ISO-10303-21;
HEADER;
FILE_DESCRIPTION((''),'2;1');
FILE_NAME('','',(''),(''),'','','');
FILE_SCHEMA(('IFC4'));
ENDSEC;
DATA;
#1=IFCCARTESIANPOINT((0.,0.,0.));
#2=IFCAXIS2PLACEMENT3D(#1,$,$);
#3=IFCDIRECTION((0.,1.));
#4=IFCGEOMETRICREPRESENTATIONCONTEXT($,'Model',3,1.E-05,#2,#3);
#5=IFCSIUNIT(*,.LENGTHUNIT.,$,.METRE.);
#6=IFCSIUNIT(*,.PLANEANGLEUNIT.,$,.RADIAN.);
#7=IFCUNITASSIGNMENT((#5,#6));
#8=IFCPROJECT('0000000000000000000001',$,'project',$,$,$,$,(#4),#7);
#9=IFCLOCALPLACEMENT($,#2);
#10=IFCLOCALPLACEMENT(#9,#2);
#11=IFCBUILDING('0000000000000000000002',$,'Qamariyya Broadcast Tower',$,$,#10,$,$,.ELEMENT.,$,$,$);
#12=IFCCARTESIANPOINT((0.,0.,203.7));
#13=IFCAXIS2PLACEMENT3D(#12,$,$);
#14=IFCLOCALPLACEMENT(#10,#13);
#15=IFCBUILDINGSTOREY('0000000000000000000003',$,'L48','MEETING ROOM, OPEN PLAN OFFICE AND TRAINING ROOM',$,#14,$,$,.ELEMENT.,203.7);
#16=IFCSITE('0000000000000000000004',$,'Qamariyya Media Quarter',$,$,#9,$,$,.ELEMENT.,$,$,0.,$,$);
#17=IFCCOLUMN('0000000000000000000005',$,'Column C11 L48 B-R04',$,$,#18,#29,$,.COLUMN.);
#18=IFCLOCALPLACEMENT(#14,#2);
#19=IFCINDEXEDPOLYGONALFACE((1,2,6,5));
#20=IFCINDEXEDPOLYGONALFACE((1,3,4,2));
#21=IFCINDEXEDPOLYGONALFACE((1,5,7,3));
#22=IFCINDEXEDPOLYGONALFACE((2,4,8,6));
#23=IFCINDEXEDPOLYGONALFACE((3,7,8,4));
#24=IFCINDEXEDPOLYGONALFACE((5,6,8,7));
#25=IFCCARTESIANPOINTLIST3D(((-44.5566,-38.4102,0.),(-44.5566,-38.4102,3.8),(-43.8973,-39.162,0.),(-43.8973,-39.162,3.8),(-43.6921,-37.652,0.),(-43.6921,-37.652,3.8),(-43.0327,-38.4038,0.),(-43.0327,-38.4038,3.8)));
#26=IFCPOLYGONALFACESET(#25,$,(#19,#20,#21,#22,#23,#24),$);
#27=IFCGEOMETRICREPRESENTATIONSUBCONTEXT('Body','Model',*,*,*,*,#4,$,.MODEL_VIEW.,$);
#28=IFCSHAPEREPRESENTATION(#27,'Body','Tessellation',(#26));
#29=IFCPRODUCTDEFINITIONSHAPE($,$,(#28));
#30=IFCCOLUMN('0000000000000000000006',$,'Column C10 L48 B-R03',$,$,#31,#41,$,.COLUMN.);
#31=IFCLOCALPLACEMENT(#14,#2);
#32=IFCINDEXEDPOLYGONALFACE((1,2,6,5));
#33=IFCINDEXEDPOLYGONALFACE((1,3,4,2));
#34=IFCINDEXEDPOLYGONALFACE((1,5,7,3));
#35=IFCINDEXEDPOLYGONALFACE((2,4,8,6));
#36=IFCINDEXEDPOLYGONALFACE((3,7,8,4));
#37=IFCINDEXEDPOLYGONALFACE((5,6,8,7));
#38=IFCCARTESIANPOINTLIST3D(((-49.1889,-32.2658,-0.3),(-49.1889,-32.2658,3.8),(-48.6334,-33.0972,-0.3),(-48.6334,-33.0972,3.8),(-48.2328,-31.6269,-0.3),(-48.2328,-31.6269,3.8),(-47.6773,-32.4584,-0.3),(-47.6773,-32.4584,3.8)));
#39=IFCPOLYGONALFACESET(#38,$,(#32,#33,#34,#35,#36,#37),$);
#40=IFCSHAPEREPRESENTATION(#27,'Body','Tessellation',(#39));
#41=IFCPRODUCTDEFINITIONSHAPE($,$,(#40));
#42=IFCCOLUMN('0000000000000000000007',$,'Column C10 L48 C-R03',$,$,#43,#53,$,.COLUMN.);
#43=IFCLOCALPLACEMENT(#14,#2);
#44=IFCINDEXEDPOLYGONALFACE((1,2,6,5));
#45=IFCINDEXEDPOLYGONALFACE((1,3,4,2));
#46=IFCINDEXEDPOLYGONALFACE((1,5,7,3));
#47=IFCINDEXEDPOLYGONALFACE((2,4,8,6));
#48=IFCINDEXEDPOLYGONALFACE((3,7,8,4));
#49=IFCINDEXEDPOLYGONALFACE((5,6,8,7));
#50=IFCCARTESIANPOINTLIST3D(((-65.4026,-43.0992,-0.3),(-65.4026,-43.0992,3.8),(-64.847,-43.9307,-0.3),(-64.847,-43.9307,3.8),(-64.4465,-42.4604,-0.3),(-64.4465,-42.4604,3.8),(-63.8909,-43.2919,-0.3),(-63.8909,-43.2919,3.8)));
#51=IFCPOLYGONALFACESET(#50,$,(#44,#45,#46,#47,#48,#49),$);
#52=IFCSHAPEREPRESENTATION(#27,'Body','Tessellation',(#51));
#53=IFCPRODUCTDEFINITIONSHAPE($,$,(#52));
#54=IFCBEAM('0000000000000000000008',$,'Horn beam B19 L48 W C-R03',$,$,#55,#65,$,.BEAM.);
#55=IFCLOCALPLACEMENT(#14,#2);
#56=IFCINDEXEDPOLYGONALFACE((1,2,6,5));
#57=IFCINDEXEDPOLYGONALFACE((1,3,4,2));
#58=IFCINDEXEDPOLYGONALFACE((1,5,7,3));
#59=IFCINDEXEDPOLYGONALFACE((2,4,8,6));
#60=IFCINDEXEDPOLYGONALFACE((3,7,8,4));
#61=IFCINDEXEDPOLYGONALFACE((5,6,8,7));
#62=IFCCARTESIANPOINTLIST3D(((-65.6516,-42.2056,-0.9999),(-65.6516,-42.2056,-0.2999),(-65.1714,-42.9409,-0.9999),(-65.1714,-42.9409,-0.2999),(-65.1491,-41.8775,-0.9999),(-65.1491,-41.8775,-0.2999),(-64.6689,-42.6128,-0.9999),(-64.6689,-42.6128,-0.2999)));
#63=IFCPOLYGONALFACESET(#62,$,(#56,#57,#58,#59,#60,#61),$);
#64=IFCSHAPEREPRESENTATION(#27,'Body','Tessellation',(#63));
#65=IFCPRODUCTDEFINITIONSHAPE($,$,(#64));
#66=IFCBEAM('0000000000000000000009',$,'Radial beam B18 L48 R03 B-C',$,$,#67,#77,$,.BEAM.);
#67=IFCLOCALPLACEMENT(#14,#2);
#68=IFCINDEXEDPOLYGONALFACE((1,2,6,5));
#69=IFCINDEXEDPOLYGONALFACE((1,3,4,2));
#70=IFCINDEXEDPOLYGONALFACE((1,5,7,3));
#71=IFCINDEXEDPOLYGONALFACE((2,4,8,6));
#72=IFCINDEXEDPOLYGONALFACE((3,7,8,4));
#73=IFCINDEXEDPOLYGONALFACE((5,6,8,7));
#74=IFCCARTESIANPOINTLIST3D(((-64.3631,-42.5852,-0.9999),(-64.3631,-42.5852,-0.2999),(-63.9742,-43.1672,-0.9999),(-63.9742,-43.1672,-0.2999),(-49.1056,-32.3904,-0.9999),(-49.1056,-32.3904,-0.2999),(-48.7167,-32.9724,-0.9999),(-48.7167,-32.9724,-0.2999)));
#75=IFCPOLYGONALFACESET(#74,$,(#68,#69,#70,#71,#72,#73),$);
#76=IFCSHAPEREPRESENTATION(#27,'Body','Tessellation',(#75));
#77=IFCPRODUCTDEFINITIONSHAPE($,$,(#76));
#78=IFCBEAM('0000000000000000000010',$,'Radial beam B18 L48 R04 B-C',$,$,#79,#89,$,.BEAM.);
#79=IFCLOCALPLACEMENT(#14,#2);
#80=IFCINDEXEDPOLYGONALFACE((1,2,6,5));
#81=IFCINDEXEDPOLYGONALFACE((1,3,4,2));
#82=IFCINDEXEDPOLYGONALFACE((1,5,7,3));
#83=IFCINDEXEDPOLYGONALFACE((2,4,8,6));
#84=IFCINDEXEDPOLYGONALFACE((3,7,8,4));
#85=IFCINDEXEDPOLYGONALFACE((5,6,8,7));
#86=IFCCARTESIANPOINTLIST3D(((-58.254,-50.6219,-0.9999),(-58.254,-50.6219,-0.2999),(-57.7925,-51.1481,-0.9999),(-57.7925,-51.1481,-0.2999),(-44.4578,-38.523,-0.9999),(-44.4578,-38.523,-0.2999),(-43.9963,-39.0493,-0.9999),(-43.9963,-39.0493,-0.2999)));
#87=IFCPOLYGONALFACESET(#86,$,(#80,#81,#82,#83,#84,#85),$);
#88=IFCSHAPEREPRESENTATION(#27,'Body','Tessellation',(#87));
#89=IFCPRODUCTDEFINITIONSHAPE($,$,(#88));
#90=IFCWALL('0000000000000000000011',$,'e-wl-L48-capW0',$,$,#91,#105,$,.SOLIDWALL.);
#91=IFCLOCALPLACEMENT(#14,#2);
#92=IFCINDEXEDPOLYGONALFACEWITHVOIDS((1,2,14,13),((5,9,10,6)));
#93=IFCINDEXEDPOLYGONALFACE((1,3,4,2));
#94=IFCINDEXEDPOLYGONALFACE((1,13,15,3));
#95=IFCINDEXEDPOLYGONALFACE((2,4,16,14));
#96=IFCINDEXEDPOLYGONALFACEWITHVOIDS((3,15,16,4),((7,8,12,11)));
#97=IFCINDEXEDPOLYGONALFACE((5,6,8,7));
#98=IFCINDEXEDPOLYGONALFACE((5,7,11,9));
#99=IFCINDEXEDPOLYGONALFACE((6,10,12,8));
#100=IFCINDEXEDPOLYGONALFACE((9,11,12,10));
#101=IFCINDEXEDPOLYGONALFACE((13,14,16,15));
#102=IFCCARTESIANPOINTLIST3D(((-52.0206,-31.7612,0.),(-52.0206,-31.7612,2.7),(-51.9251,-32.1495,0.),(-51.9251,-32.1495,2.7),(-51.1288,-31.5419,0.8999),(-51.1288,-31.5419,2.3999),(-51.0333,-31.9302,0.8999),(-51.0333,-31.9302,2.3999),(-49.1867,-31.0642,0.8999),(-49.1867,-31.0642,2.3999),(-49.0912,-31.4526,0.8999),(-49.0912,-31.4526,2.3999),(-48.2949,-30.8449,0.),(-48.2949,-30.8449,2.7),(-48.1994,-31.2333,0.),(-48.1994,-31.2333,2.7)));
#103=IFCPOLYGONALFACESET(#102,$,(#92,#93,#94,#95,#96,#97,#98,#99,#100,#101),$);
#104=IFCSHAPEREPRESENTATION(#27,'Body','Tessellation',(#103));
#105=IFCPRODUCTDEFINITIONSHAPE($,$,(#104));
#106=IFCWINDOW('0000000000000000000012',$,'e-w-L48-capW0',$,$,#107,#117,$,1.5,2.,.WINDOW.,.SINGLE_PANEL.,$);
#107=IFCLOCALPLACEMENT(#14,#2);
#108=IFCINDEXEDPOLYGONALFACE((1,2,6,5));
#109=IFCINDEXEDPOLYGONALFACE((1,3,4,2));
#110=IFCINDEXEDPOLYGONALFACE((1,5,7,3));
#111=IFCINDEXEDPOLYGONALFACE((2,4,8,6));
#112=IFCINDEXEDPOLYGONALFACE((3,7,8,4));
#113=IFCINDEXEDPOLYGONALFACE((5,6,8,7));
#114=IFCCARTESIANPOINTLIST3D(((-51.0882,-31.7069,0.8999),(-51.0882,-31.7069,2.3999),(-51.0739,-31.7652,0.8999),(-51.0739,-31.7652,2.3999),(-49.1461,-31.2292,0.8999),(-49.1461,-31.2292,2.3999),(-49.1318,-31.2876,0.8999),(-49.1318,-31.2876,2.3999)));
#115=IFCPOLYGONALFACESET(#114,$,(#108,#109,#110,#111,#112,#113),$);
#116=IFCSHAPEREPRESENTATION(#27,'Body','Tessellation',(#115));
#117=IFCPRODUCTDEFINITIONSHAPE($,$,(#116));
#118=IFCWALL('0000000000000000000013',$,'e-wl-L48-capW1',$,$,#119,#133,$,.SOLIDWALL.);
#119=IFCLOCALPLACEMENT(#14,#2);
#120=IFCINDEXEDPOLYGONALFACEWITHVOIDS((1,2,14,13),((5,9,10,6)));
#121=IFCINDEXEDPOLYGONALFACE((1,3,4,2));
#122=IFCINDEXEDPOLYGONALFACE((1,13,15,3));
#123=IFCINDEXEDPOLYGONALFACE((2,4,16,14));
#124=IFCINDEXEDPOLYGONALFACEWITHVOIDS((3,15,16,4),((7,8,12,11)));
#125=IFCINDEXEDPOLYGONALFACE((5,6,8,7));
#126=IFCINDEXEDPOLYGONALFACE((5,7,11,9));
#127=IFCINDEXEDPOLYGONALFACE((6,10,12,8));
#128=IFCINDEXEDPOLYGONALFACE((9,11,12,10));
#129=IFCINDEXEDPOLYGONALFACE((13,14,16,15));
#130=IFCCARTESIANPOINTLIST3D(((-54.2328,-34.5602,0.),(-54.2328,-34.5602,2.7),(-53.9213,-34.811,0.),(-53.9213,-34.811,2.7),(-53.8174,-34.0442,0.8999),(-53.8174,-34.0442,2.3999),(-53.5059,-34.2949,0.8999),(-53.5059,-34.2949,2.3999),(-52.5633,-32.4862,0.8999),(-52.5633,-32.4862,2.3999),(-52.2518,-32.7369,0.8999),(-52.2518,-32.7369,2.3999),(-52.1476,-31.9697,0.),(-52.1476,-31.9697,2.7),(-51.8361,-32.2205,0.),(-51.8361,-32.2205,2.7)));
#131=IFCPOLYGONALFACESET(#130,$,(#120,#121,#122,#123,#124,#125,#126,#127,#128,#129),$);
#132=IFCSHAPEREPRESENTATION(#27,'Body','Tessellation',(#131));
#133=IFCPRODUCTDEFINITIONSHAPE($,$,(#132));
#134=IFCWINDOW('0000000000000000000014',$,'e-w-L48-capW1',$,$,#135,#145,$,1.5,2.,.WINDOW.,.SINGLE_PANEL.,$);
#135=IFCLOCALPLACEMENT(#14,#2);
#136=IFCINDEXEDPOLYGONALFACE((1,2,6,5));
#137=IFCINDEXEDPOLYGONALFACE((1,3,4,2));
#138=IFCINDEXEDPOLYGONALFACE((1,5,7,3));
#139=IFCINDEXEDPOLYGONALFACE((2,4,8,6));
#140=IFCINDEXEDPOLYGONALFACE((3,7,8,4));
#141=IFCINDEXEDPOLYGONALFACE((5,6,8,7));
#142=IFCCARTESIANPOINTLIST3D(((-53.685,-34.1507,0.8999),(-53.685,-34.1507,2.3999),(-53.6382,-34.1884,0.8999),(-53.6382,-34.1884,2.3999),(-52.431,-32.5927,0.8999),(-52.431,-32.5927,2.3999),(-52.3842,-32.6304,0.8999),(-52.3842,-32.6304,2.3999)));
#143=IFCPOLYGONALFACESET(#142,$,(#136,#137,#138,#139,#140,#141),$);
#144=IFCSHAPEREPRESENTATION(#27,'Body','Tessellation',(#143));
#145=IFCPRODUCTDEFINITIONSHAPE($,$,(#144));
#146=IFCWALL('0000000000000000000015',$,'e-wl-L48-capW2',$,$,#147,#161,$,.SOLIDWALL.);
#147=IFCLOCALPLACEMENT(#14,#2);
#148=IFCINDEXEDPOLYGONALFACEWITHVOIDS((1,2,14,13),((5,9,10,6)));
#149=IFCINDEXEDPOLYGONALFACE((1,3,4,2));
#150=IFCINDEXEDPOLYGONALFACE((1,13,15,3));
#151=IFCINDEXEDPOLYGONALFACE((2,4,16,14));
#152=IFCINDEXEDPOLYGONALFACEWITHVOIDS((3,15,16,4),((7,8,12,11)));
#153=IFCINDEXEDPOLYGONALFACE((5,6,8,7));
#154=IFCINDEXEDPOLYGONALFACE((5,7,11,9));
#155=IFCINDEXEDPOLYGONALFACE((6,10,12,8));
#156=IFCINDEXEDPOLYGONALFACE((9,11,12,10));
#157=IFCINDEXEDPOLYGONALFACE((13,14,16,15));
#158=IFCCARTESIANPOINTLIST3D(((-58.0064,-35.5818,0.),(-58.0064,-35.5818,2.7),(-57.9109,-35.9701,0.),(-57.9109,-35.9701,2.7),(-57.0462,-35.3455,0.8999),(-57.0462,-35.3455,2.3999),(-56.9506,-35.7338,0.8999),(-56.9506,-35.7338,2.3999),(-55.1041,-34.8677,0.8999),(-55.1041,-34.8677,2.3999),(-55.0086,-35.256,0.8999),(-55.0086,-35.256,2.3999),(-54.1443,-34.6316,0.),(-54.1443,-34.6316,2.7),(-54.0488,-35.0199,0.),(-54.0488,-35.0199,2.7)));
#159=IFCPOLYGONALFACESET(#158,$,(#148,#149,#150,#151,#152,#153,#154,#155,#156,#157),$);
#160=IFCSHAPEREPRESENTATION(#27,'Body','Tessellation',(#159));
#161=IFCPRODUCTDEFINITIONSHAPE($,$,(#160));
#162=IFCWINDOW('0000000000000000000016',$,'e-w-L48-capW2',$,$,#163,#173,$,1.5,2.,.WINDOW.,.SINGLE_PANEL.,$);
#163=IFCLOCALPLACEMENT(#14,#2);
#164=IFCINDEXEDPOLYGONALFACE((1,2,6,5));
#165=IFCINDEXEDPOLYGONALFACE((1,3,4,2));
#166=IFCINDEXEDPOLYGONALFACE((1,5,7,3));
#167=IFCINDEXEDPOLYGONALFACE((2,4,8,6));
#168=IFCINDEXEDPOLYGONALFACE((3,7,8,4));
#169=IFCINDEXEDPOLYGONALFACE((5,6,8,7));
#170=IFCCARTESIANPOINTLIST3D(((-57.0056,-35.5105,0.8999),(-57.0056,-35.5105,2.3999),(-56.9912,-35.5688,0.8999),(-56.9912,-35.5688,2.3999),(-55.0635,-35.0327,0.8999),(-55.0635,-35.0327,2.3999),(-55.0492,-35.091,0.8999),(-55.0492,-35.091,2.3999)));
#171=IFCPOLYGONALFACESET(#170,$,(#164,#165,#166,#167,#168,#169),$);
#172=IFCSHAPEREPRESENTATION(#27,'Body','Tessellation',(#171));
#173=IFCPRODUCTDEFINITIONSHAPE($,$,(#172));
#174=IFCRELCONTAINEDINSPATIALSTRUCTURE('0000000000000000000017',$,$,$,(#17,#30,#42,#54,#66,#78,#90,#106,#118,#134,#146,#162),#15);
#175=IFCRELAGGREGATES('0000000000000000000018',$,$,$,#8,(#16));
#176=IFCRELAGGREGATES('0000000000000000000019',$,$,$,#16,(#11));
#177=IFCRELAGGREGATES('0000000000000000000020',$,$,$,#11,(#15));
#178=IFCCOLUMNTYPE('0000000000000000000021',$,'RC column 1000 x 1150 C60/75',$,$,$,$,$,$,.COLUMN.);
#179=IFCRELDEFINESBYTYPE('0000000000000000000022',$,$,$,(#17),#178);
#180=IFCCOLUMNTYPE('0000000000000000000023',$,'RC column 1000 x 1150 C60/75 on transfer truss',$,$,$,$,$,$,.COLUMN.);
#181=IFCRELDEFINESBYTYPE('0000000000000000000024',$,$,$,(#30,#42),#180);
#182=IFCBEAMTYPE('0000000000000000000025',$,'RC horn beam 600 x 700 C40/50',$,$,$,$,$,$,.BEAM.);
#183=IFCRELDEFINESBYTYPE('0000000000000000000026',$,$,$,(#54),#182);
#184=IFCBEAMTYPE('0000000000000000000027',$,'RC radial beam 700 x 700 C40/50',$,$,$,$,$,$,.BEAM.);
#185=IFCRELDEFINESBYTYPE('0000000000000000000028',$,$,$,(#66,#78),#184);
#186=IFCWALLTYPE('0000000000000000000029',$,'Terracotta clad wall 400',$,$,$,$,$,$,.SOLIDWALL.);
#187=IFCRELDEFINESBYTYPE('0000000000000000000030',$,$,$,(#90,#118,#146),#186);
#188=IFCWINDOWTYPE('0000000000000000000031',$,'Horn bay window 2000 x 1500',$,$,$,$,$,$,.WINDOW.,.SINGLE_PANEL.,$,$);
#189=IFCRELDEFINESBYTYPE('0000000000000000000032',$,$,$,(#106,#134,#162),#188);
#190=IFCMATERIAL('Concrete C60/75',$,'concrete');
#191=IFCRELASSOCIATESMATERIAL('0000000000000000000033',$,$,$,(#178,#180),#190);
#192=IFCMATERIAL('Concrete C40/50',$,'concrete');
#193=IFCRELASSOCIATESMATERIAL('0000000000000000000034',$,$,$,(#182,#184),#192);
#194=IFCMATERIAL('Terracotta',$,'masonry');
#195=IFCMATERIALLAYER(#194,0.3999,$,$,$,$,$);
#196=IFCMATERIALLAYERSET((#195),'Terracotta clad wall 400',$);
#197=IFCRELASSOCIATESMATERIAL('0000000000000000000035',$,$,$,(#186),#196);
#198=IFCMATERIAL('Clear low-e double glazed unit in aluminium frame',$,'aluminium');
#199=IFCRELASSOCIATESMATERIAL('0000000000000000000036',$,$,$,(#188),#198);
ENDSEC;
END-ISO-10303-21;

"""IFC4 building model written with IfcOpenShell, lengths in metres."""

from ifc_helpers import new_model, si_unit, direction, frame, frame_2d, origin, origin_2d, place, context, subcontext, project, spatial, rectangle, extrude, material, layer, layer_set, material_profile, profile_set, type_object, element, fill, save


model = new_model("IFC4")

# Units and contexts
model_context = context("Model", 3, precision=1e-05, world=origin(), true_north=direction((0.0, 1.0)))
body_context = subcontext(model_context, "Body", "Model", "MODEL_VIEW")
ifc_project = project(units=[si_unit("LENGTHUNIT", "METRE"), si_unit("PLANEANGLEUNIT", "RADIAN")], contexts=[model_context])

# Site, building, storey
site_placement = place(None, origin())
site = spatial("IfcSite", under=ifc_project, at=site_placement, Name="Qamariyya Media Quarter", CompositionType="ELEMENT", RefElevation=0.0)
building_placement = place(site_placement, origin())
building = spatial("IfcBuilding", under=site, at=building_placement, Name="Qamariyya Broadcast Tower", CompositionType="ELEMENT")
storey_placement = place(building_placement, frame((0.0, 0.0, 203.7)))
storey = spatial("IfcBuildingStorey", under=building, at=storey_placement, Name="L48", Description="MEETING ROOM, OPEN PLAN OFFICE AND TRAINING ROOM", CompositionType="ELEMENT", Elevation=203.7)

# Columns
ifc_material_1 = material(Name="Concrete C60/75", Category="concrete")
ifc_material_profile_1 = material_profile(ifc_material_1, rectangle(XDim=1.0, YDim=1.1499, at=origin_2d()))
ifc_profile_set_1 = profile_set([ifc_material_profile_1], Name="Concrete C60/75")
column_type_1 = type_object("IfcColumnType", Name="RC column 1000 x 1150 C60/75", PredefinedType="COLUMN", material=ifc_profile_set_1)
column_placement = place(storey_placement, frame((-43.7947, -38.407, 0.0), z_axis=(0.0, 0.0, 1.0), x_axis=(0.659346, -0.75184, 0.0)))
element("IfcColumn", 1, at=column_placement, inside=storey, type_object=column_type_1, Name="Column C11 L48 B-R04", PredefinedType="COLUMN", context=body_context, shape_type="SweptSolid", body=[
    extrude(rectangle(XDim=1.0, YDim=1.1499, at=origin_2d()), origin(), (0.0, 0.0, 1.0), 3.8),
])
ifc_material_profile_2 = material_profile(ifc_material_1, rectangle(XDim=1.0, YDim=1.1499, at=origin_2d()))
ifc_profile_set_2 = profile_set([ifc_material_profile_2], Name="Concrete C60/75")
column_type_2 = type_object("IfcColumnType", Name="RC column 1000 x 1150 C60/75 on transfer truss", PredefinedType="COLUMN", material=ifc_profile_set_2)
for number, where, z_axis, x_axis, name in (
    (2, (-48.4331, -32.3621, -0.3), (0.0, 0.0, 1.0), (0.55557, -0.83147, 0.0), "Column C10 L48 B-R03"),
    (3, (-64.6467, -43.1956, -0.3), (0.0, 0.0, 1.0), (0.55557, -0.83147, 0.0), "Column C10 L48 C-R03"),
):
    element("IfcColumn", number, at=place(storey_placement, frame(where, z_axis=z_axis, x_axis=x_axis)), inside=storey, type_object=column_type_2, Name=name, PredefinedType="COLUMN", context=body_context, shape_type="SweptSolid", body=[
        extrude(rectangle(XDim=1.0, YDim=1.1499, at=origin_2d()), origin(), (0.0, 0.0, 1.0), 4.1001),
    ])

# Beams
ifc_material_2 = material(Name="Concrete C40/50", Category="concrete")
ifc_material_profile_3 = material_profile(ifc_material_2, rectangle(XDim=0.6001, YDim=0.7, at=origin_2d()))
ifc_profile_set_3 = profile_set([ifc_material_profile_3], Name="Concrete C40/50")
beam_type_1 = type_object("IfcBeamType", Name="RC horn beam 600 x 700 C40/50", PredefinedType="BEAM", material=ifc_profile_set_3)
beam_1_placement = place(storey_placement, frame((-64.9202, -42.7769, -0.6499), z_axis=(-0.546785, 0.837273, 0.0), x_axis=(-0.837273, -0.546785, 0.0)))
element("IfcBeam", 4, at=beam_1_placement, inside=storey, type_object=beam_type_1, Name="Horn beam B19 L48 W C-R03", PredefinedType="BEAM", context=body_context, shape_type="SweptSolid", body=[
    extrude(rectangle(XDim=0.6001, YDim=0.7, at=origin_2d()), origin(), (0.0, 0.0, 1.0), 0.8782),
])
ifc_material_profile_4 = material_profile(ifc_material_2, rectangle(XDim=0.7, YDim=0.7, at=origin_2d()))
ifc_profile_set_4 = profile_set([ifc_material_profile_4], Name="Concrete C40/50")
beam_type_2 = type_object("IfcBeamType", Name="RC radial beam 700 x 700 C40/50", PredefinedType="BEAM", material=ifc_profile_set_4)
beam_2_placement = place(storey_placement, frame((-48.9111, -32.6814, -0.6499), z_axis=(-0.831469, -0.555572, 0.0), x_axis=(0.555572, -0.831469, 0.0)))
element("IfcBeam", 5, at=beam_2_placement, inside=storey, type_object=beam_type_2, Name="Radial beam B18 L48 R03 B-C", PredefinedType="BEAM", context=body_context, shape_type="SweptSolid", body=[
    extrude(rectangle(XDim=0.7, YDim=0.7, at=origin_2d()), origin(), (0.0, 0.0, 1.0), 18.3501),
])
beam_3_placement = place(storey_placement, frame((-44.2271, -38.7861, -0.6499), z_axis=(-0.75184, -0.659345, 0.0), x_axis=(0.659345, -0.75184, 0.0)))
element("IfcBeam", 6, at=beam_3_placement, inside=storey, type_object=beam_type_2, Name="Radial beam B18 L48 R04 B-C", PredefinedType="BEAM", context=body_context, shape_type="SweptSolid", body=[
    extrude(rectangle(XDim=0.7, YDim=0.7, at=origin_2d()), origin(), (0.0, 0.0, 1.0), 18.3499),
])

# Walls, openings, windows
ifc_material_3 = material(Name="Terracotta", Category="masonry")
ifc_layer = layer(ifc_material_3, 0.3999)
ifc_layer_set = layer_set([ifc_layer], Name="Terracotta clad wall 400")
wall_type = type_object("IfcWallType", Name="Terracotta clad wall 400", PredefinedType="SOLIDWALL", material=ifc_layer_set)
wall_1_placement = place(storey_placement, frame((-48.2471, -31.0391, 0.0), z_axis=(0.0, 0.0, 1.0), x_axis=(-0.971064, -0.238821, 0.0)))
wall_1 = element("IfcWall", 7, at=wall_1_placement, inside=storey, type_object=wall_type, Name="e-wl-L48-capW0", PredefinedType="SOLIDWALL", context=body_context, shape_type="SweptSolid", body=[
    extrude(rectangle(XDim=3.8367, YDim=0.3999, at=frame_2d((1.9185, 0.0))), origin(), (0.0, 0.0, 1.0), 2.7),
])
opening_1_placement = place(wall_1_placement, frame((0.9185, 0.0, 0.8999)))
opening_1 = element("IfcOpeningElement", 8, at=opening_1_placement, cuts=wall_1, PredefinedType="OPENING", context=body_context, shape_type="SweptSolid", body=[
    extrude(rectangle(XDim=2.0, YDim=1.5, at=frame_2d((1.0, 0.75))), frame((0.0, 0.21, 0.0), z_axis=(0.0, -1.0, 0.0), x_axis=(1.0, 0.0, 0.0)), (0.0, 0.0, 1.0), 0.4199),
])
ifc_material_4 = material(Name="Clear low-e double glazed unit in aluminium frame", Category="aluminium")
window_type_1 = type_object("IfcWindowType", Name="Horn bay window 2000 x 1500", PartitioningType="SINGLE_PANEL", PredefinedType="WINDOW", material=ifc_material_4)
window_1_placement = place(opening_1_placement, origin())
window_1 = element("IfcWindow", 9, at=window_1_placement, inside=storey, type_object=window_type_1, Name="e-w-L48-capW0", OverallHeight=1.5, OverallWidth=2.0, PartitioningType="SINGLE_PANEL", PredefinedType="WINDOW", context=body_context, shape_type="SweptSolid", body=[
    extrude(rectangle(XDim=2.0, YDim=1.5, at=frame_2d((1.0, 0.75))), frame((0.0, 0.03, 0.0), z_axis=(0.0, -1.0, 0.0), x_axis=(1.0, 0.0, 0.0)), (0.0, 0.0, 1.0), 0.0601),
])
fill(opening_1, window_1)
wall_2_placement = place(storey_placement, frame((-51.9919, -32.0952, 0.0), z_axis=(0.0, 0.0, 1.0), x_axis=(-0.627029, -0.778996, 0.0)))
wall_2 = element("IfcWall", 10, at=wall_2_placement, inside=storey, type_object=wall_type, Name="e-wl-L48-capW1", PredefinedType="SOLIDWALL", context=body_context, shape_type="SweptSolid", body=[
    extrude(rectangle(XDim=3.3254, YDim=0.3999, at=frame_2d((1.6626, 0.0))), origin(), (0.0, 0.0, 1.0), 2.7),
])
opening_2_placement = place(wall_2_placement, frame((0.6628, 0.0, 0.8999)))
opening_2 = element("IfcOpeningElement", 11, at=opening_2_placement, cuts=wall_2, PredefinedType="OPENING", context=body_context, shape_type="SweptSolid", body=[
    extrude(rectangle(XDim=2.0, YDim=1.5, at=frame_2d((1.0, 0.75))), frame((0.0, 0.21, 0.0), z_axis=(0.0, -1.0, 0.0), x_axis=(1.0, 0.0, 0.0)), (0.0, 0.0, 1.0), 0.4199),
])
window_2_placement = place(opening_2_placement, origin())
window_2 = element("IfcWindow", 12, at=window_2_placement, inside=storey, type_object=window_type_1, Name="e-w-L48-capW1", OverallHeight=1.5, OverallWidth=2.0, PartitioningType="SINGLE_PANEL", PredefinedType="WINDOW", context=body_context, shape_type="SweptSolid", body=[
    extrude(rectangle(XDim=2.0, YDim=1.5, at=frame_2d((1.0, 0.75))), frame((0.0, 0.03, 0.0), z_axis=(0.0, -1.0, 0.0), x_axis=(1.0, 0.0, 0.0)), (0.0, 0.0, 1.0), 0.0601),
])
fill(opening_2, window_2)
wall_3_placement = place(storey_placement, frame((-54.0964, -34.8257, 0.0), z_axis=(0.0, 0.0, 1.0), x_axis=(-0.971042, -0.238909, 0.0)))
wall_3 = element("IfcWall", 13, at=wall_3_placement, inside=storey, type_object=wall_type, Name="e-wl-L48-capW2", PredefinedType="SOLIDWALL", context=body_context, shape_type="SweptSolid", body=[
    extrude(rectangle(XDim=3.9773, YDim=0.3999, at=frame_2d((1.9888, 0.0))), origin(), (0.0, 0.0, 1.0), 2.7),
])
opening_3_placement = place(wall_3_placement, frame((0.9885, 0.0, 0.8999)))
opening_3 = element("IfcOpeningElement", 14, at=opening_3_placement, cuts=wall_3, PredefinedType="OPENING", context=body_context, shape_type="SweptSolid", body=[
    extrude(rectangle(XDim=2.0, YDim=1.5, at=frame_2d((1.0, 0.75))), frame((0.0, 0.21, 0.0), z_axis=(0.0, -1.0, 0.0), x_axis=(1.0, 0.0, 0.0)), (0.0, 0.0, 1.0), 0.4199),
])
window_3_placement = place(opening_3_placement, origin())
window_3 = element("IfcWindow", 15, at=window_3_placement, inside=storey, type_object=window_type_1, Name="e-w-L48-capW2", OverallHeight=1.5, OverallWidth=2.0, PartitioningType="SINGLE_PANEL", PredefinedType="WINDOW", context=body_context, shape_type="SweptSolid", body=[
    extrude(rectangle(XDim=2.0, YDim=1.5, at=frame_2d((1.0, 0.75))), frame((0.0, 0.03, 0.0), z_axis=(0.0, -1.0, 0.0), x_axis=(1.0, 0.0, 0.0)), (0.0, 0.0, 1.0), 0.0601),
])
fill(opening_3, window_3)

save(model, "model.ifc")
